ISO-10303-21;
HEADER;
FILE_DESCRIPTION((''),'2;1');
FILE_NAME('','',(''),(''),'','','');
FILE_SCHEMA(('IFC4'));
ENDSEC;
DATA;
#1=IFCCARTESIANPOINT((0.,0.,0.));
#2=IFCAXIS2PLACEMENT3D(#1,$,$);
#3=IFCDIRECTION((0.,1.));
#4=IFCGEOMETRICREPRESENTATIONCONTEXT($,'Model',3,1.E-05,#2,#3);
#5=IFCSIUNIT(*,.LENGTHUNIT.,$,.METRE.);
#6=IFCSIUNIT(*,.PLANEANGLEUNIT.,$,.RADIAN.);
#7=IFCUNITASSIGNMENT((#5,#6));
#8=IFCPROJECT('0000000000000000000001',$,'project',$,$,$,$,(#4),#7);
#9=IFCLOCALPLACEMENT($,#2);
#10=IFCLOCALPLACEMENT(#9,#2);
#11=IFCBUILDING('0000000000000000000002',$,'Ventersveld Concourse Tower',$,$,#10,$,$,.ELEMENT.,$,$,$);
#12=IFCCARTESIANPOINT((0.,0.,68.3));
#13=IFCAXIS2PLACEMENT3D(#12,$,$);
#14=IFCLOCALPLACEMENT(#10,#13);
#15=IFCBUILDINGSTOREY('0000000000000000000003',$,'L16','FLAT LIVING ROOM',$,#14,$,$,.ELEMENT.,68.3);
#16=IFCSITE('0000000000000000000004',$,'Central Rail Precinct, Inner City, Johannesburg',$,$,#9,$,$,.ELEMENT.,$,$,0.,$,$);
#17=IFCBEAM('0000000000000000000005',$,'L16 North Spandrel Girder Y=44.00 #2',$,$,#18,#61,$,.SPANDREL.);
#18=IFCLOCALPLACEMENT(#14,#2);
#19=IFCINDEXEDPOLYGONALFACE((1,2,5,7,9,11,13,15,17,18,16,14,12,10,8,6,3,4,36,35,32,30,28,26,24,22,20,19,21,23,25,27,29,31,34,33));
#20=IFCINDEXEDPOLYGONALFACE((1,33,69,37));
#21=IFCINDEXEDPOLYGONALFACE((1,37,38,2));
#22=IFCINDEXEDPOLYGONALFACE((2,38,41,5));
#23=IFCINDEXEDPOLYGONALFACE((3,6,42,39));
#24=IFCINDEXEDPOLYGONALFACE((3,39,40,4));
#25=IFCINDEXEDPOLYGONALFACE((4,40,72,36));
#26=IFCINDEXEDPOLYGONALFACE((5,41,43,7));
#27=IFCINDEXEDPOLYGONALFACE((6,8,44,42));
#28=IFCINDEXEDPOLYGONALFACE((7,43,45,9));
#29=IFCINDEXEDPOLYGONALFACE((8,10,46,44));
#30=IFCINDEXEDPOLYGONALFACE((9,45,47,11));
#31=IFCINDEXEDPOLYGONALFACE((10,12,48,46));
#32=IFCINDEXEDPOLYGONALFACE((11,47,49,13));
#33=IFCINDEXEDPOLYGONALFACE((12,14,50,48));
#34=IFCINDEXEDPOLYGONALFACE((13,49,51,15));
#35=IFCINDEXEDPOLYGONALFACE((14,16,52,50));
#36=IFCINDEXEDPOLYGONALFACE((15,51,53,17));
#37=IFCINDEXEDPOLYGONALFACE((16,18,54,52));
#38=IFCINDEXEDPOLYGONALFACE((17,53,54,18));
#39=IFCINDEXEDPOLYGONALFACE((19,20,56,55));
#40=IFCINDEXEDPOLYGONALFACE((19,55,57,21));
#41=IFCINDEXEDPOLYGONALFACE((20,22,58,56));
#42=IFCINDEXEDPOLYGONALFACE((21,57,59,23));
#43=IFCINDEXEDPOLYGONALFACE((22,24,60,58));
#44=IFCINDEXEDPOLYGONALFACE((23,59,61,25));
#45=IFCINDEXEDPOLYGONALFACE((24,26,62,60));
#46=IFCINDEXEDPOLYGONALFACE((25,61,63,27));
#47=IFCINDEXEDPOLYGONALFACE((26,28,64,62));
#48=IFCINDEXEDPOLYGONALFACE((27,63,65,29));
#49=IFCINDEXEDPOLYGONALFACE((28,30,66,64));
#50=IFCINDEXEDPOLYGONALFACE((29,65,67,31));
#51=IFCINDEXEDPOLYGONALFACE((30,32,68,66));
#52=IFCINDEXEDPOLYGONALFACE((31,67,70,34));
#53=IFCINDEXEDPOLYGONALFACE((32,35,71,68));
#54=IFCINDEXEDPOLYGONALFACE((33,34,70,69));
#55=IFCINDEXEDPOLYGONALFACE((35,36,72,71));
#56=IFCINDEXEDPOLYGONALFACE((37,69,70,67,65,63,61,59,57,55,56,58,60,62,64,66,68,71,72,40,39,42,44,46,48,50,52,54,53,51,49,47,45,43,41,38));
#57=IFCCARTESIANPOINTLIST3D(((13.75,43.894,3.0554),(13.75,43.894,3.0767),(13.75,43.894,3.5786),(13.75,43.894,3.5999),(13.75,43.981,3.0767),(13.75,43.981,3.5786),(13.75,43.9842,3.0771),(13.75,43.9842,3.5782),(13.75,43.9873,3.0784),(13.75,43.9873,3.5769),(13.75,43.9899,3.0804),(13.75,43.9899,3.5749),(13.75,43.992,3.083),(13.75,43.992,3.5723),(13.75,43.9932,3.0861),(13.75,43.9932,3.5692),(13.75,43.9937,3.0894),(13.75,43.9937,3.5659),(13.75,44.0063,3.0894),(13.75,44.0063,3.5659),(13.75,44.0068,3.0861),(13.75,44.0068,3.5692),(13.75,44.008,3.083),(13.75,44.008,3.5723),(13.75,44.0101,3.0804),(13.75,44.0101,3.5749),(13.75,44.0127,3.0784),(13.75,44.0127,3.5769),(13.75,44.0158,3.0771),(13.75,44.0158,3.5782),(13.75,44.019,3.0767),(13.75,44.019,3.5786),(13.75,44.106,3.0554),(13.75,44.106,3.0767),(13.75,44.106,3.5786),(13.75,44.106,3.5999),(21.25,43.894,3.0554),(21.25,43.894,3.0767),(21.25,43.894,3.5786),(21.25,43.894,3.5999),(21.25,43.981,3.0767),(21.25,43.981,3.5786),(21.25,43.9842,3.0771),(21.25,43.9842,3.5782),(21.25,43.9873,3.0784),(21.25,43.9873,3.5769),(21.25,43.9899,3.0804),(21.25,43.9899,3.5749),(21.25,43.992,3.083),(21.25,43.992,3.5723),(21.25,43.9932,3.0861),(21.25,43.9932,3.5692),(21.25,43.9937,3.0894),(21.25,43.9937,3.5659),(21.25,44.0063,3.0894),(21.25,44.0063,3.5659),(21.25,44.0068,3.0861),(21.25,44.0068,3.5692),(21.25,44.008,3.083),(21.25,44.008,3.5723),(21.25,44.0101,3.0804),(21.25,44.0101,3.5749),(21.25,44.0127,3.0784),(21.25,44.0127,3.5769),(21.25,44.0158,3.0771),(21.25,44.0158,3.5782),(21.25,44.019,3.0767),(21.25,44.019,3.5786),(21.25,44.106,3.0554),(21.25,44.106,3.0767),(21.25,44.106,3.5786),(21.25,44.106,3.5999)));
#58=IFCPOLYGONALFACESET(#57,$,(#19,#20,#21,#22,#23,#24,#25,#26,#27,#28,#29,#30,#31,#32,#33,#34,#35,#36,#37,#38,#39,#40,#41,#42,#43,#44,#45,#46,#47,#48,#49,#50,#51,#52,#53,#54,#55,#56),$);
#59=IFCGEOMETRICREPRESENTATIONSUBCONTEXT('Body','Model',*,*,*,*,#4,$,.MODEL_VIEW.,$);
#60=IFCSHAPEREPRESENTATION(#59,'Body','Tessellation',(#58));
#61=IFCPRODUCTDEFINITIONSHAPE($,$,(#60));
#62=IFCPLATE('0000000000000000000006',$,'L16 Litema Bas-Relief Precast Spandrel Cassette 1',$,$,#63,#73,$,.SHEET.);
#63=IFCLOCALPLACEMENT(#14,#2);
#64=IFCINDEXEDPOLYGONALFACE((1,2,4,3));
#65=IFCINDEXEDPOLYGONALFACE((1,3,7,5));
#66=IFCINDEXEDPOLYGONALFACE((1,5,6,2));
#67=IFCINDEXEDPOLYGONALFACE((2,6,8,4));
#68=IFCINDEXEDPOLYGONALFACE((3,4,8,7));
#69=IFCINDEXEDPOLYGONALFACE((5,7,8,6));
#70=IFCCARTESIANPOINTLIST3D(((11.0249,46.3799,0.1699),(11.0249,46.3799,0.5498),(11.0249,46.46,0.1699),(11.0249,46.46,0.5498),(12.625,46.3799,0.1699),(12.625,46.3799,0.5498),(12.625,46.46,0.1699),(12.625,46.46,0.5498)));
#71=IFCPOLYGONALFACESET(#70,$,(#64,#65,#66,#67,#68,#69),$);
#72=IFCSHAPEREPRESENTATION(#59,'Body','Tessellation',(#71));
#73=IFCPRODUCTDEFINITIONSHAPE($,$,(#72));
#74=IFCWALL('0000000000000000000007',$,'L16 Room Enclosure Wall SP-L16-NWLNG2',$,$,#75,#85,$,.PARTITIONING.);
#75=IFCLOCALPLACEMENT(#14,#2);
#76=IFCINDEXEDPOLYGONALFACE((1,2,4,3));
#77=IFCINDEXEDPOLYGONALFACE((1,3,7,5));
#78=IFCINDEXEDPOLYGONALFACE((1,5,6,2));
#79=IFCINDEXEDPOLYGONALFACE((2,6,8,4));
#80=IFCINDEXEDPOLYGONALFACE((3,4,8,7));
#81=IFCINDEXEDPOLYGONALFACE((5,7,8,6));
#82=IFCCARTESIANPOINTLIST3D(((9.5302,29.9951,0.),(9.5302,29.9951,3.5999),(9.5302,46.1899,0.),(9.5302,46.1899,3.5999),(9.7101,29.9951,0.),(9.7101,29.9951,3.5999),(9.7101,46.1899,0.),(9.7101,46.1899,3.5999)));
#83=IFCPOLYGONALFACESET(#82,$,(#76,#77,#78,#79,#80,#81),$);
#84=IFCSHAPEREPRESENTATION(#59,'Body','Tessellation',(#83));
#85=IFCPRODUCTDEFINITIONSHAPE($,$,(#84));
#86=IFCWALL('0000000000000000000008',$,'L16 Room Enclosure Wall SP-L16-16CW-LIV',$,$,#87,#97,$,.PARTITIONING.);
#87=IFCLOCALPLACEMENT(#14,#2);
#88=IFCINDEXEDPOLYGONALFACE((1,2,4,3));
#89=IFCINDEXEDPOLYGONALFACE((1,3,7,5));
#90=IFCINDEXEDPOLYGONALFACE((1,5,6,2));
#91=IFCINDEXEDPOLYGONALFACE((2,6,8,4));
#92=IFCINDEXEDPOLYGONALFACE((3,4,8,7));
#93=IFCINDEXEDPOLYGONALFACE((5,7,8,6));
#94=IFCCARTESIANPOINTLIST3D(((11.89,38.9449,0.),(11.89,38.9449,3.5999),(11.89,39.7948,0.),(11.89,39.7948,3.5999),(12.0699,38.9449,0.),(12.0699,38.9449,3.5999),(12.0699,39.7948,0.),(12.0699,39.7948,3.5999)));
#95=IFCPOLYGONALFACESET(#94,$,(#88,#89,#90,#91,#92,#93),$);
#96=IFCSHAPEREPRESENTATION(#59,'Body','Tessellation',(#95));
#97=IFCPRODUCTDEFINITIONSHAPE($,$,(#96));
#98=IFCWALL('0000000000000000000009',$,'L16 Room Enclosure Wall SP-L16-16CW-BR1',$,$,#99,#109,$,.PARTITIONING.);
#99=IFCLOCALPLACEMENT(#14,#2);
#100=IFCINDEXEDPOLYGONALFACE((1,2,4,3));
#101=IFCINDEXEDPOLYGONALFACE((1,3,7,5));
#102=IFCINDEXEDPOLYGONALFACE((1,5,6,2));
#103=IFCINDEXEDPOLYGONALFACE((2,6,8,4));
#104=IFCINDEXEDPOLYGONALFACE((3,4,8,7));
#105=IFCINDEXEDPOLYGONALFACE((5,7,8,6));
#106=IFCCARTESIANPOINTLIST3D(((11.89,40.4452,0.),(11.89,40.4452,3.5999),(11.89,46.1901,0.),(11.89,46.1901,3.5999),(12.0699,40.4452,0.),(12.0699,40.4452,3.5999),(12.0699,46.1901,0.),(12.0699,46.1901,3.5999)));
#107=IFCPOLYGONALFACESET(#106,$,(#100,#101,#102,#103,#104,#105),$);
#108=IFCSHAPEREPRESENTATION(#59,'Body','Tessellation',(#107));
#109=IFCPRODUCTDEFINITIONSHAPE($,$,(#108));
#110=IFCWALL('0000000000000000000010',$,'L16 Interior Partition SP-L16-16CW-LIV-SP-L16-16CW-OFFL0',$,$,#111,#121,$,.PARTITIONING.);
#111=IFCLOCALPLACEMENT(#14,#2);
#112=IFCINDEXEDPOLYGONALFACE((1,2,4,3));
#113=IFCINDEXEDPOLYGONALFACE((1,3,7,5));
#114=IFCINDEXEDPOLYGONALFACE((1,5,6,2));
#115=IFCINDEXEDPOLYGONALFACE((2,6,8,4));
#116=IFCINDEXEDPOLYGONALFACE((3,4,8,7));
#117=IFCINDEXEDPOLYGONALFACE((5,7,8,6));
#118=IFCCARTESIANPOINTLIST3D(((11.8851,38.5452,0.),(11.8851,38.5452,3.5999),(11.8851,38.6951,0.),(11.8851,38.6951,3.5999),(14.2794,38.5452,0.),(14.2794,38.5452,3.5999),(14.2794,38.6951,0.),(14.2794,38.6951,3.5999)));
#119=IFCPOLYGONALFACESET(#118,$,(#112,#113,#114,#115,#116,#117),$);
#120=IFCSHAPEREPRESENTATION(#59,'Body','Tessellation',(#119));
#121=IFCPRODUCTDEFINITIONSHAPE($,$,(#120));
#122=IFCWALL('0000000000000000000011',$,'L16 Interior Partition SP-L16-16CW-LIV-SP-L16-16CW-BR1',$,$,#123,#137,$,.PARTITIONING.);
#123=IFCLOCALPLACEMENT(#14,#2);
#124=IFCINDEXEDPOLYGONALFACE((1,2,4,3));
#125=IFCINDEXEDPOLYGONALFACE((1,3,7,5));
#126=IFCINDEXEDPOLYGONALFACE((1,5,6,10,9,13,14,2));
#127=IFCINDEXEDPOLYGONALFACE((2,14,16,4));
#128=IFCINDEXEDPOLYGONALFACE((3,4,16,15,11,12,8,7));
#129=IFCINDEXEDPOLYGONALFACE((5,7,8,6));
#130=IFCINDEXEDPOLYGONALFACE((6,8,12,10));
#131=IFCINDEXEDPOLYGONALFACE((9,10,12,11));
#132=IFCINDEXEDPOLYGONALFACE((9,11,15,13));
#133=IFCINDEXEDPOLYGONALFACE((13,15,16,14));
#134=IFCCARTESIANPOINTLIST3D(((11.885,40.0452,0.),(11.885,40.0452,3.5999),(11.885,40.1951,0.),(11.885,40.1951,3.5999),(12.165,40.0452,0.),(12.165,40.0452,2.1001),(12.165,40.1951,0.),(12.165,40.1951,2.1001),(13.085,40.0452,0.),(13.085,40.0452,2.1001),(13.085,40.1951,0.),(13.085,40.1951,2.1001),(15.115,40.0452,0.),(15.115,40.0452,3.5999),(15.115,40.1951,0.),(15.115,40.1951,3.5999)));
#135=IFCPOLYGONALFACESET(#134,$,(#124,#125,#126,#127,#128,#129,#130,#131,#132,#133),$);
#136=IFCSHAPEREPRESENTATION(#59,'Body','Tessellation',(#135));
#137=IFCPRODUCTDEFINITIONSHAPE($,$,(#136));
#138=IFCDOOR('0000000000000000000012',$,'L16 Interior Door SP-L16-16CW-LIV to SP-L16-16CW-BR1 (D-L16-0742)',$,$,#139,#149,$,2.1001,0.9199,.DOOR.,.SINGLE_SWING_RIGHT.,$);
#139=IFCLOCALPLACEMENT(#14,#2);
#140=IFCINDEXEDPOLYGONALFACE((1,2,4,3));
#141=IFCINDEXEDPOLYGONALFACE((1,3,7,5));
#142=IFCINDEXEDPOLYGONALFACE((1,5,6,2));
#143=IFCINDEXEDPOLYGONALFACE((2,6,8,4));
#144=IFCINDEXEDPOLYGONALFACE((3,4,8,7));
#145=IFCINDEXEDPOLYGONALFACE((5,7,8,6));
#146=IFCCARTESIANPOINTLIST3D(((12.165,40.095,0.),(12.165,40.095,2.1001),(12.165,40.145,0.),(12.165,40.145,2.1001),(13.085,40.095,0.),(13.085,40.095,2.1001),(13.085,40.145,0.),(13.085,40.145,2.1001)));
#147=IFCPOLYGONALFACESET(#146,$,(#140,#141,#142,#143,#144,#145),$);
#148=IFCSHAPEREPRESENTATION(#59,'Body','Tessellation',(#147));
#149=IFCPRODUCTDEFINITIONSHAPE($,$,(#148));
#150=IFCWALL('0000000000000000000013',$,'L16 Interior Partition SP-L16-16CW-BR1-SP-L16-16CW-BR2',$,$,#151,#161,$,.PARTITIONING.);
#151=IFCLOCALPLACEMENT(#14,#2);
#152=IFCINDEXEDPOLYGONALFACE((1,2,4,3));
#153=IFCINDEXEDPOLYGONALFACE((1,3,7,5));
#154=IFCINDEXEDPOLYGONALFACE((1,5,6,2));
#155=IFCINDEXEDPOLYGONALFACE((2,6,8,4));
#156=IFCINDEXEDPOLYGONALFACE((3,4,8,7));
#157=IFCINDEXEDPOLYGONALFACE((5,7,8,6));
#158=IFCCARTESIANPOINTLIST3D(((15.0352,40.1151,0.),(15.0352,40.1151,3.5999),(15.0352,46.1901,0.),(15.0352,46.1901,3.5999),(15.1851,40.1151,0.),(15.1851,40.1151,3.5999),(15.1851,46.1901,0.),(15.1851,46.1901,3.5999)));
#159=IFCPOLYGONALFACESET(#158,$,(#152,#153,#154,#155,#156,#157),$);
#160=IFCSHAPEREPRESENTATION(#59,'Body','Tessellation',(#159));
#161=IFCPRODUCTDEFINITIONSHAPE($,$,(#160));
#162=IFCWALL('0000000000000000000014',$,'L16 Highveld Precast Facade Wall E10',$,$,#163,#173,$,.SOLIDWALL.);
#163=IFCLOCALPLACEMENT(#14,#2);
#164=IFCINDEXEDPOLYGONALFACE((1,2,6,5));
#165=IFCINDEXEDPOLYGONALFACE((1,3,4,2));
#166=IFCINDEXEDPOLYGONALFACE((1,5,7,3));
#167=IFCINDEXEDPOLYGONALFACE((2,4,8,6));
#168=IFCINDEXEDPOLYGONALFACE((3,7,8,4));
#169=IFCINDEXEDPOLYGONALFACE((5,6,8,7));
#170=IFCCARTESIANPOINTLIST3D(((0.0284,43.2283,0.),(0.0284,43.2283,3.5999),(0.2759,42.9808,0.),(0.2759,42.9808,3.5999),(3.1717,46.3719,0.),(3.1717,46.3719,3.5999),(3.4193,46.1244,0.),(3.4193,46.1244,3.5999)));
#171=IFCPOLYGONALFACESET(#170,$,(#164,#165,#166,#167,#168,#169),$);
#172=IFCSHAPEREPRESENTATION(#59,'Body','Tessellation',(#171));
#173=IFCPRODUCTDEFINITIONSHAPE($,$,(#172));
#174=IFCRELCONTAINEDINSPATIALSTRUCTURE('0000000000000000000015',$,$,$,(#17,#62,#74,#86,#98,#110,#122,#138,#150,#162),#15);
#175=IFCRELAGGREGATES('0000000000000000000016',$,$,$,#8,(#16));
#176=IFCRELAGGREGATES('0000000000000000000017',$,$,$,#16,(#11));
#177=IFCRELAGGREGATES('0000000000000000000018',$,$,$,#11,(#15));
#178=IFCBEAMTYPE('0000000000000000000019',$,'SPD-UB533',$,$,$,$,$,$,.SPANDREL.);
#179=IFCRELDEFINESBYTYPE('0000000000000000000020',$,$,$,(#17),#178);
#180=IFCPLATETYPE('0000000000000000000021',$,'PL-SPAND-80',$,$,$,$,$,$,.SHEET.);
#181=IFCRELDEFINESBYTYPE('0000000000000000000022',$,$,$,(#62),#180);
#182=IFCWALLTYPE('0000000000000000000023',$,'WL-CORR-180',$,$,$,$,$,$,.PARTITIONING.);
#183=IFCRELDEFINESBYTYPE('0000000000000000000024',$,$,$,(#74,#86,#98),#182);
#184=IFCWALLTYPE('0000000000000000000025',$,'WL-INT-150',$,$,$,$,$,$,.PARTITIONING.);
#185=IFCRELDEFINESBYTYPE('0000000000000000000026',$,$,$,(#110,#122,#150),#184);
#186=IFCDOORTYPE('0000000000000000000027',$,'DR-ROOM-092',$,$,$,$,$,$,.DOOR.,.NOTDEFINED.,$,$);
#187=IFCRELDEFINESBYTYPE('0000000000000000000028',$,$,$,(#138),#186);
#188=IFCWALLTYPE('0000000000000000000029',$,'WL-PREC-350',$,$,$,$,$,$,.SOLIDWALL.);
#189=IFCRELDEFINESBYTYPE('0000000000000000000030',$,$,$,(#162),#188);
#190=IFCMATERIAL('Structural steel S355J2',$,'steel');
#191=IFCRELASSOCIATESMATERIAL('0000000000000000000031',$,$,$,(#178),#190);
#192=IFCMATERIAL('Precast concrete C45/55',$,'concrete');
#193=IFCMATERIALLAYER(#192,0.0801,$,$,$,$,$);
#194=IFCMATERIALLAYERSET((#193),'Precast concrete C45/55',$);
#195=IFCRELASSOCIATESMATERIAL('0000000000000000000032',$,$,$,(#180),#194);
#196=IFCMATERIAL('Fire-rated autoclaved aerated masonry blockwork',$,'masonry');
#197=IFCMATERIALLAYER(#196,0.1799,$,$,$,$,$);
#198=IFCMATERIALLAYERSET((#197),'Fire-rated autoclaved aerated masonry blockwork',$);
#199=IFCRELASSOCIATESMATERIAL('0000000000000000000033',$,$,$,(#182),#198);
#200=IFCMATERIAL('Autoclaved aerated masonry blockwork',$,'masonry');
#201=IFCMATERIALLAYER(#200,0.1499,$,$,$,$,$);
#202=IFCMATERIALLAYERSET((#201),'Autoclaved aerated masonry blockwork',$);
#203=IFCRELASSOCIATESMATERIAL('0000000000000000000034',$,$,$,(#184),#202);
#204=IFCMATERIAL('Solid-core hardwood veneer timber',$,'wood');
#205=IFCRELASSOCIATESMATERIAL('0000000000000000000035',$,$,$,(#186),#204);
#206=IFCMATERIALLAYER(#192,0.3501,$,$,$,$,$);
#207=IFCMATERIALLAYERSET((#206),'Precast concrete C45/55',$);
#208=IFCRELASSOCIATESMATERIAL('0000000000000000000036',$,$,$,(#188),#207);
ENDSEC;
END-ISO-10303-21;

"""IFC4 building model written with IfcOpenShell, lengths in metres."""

from ifc_helpers import new_model, si_unit, direction, frame, frame_2d, origin, origin_2d, place, context, subcontext, project, spatial, rectangle, i_section, extrude, material, layer, layer_set, material_profile, profile_set, type_object, element, fill, save


model = new_model("IFC4")

# Units and contexts
model_context = context("Model", 3, precision=1e-05, world=origin(), true_north=direction((0.0, 1.0)))
body_context = subcontext(model_context, "Body", "Model", "MODEL_VIEW")
ifc_project = project(units=[si_unit("LENGTHUNIT", "METRE"), si_unit("PLANEANGLEUNIT", "RADIAN")], contexts=[model_context])

# Site, building, storey
site_placement = place(None, origin())
site = spatial("IfcSite", under=ifc_project, at=site_placement, Name="Central Rail Precinct, Inner City, Johannesburg", CompositionType="ELEMENT", RefElevation=0.0)
building_placement = place(site_placement, origin())
building = spatial("IfcBuilding", under=site, at=building_placement, Name="Ventersveld Concourse Tower", CompositionType="ELEMENT")
storey_placement = place(building_placement, frame((0.0, 0.0, 68.3)))
storey = spatial("IfcBuildingStorey", under=building, at=storey_placement, Name="L16", Description="FLAT LIVING ROOM", CompositionType="ELEMENT", Elevation=68.3)

# Beam
ifc_material_1 = material(Name="Structural steel S355J2", Category="steel")
ifc_material_profile_1 = material_profile(ifc_material_1, i_section(OverallWidth=0.2119, OverallDepth=0.5444, WebThickness=0.0127, FlangeThickness=0.0212, FilletRadius=0.0127, at=origin_2d()), Name="UB 533x210x122")
ifc_profile_set_1 = profile_set([ifc_material_profile_1], Name="Structural steel S355J2")
beam_type_1 = type_object("IfcBeamType", Name="SPD-UB533", PredefinedType="SPANDREL", material=ifc_profile_set_1)
beam_1_placement = place(storey_placement, frame((13.75, 44.0, 3.3276), z_axis=(1.0, 0.0, 0.0), x_axis=(0.0, 1.0, 0.0)))
element("IfcBeam", 1, at=beam_1_placement, inside=storey, type_object=beam_type_1, Name="L16 North Spandrel Girder Y=44.00 #2", PredefinedType="SPANDREL", context=body_context, shape_type="SweptSolid", body=[
    extrude(i_section(OverallWidth=0.2119, OverallDepth=0.5444, WebThickness=0.0127, FlangeThickness=0.0212, FilletRadius=0.0127, at=origin_2d()), origin(), (0.0, 0.0, 1.0), 7.5),
])

# Plate
ifc_material_2 = material(Name="Precast concrete C45/55", Category="concrete")
ifc_layer_1 = layer(ifc_material_2, 0.0801)
ifc_layer_set_1 = layer_set([ifc_layer_1], Name="Precast concrete C45/55")
plate_type = type_object("IfcPlateType", Name="PL-SPAND-80", PredefinedType="SHEET", material=ifc_layer_set_1)
plate_placement = place(storey_placement, frame((11.825, 46.4199, 0.1699), z_axis=(0.0, 0.0, 1.0), x_axis=(-1.0, 0.0, 0.0)))
element("IfcPlate", 2, at=plate_placement, inside=storey, type_object=plate_type, Name="L16 Litema Bas-Relief Precast Spandrel Cassette 1", PredefinedType="SHEET", context=body_context, shape_type="SweptSolid", body=[
    extrude(rectangle(XDim=1.6001, YDim=0.0801, at=origin_2d()), origin(), (0.0, 0.0, 1.0), 0.3799),
])

# Walls
ifc_material_3 = material(Name="Fire-rated autoclaved aerated masonry blockwork", Category="masonry")
ifc_layer_2 = layer(ifc_material_3, 0.1799)
ifc_layer_set_2 = layer_set([ifc_layer_2], Name="Fire-rated autoclaved aerated masonry blockwork")
wall_type_1 = type_object("IfcWallType", Name="WL-CORR-180", PredefinedType="PARTITIONING", material=ifc_layer_set_2)
wall_1_placement = place(storey_placement, frame((9.6201, 46.1899, 0.0), z_axis=(0.0, 0.0, 1.0), x_axis=(0.0, -1.0, 0.0)))
element("IfcWall", 3, at=wall_1_placement, inside=storey, type_object=wall_type_1, Name="L16 Room Enclosure Wall SP-L16-NWLNG2", PredefinedType="PARTITIONING", context=body_context, shape_type="SweptSolid", body=[
    extrude(rectangle(XDim=16.1948, YDim=0.1799, at=frame_2d((8.0974, 0.0))), origin(), (0.0, 0.0, 1.0), 3.5999),
])
wall_2_placement = place(storey_placement, frame((11.98, 38.9451, 0.0), z_axis=(0.0, 0.0, 1.0), x_axis=(0.0, 1.0, 0.0)))
element("IfcWall", 4, at=wall_2_placement, inside=storey, type_object=wall_type_1, Name="L16 Room Enclosure Wall SP-L16-16CW-LIV", PredefinedType="PARTITIONING", context=body_context, shape_type="SweptSolid", body=[
    extrude(rectangle(XDim=0.8499, YDim=0.1799, at=frame_2d((0.4248, 0.0))), origin(), (0.0, 0.0, 1.0), 3.5999),
])
wall_3_placement = place(storey_placement, frame((11.98, 40.4451, 0.0), z_axis=(0.0, 0.0, 1.0), x_axis=(0.0, 1.0, 0.0)))
element("IfcWall", 5, at=wall_3_placement, inside=storey, type_object=wall_type_1, Name="L16 Room Enclosure Wall SP-L16-16CW-BR1", PredefinedType="PARTITIONING", context=body_context, shape_type="SweptSolid", body=[
    extrude(rectangle(XDim=5.7449, YDim=0.1799, at=frame_2d((2.8726, 0.0))), origin(), (0.0, 0.0, 1.0), 3.5999),
])
ifc_material_4 = material(Name="Autoclaved aerated masonry blockwork", Category="masonry")
ifc_layer_3 = layer(ifc_material_4, 0.1499)
ifc_layer_set_3 = layer_set([ifc_layer_3], Name="Autoclaved aerated masonry blockwork")
wall_type_2 = type_object("IfcWallType", Name="WL-INT-150", PredefinedType="PARTITIONING", material=ifc_layer_set_3)
wall_4_placement = place(storey_placement, frame((11.885, 38.6201, 0.0), z_axis=(0.0, 0.0, 1.0), x_axis=(1.0, 0.0, 0.0)))
element("IfcWall", 6, at=wall_4_placement, inside=storey, type_object=wall_type_2, Name="L16 Interior Partition SP-L16-16CW-LIV-SP-L16-16CW-OFFL0", PredefinedType="PARTITIONING", context=body_context, shape_type="SweptSolid", body=[
    extrude(rectangle(XDim=2.3943, YDim=0.1499, at=frame_2d((1.1973, 0.0))), origin(), (0.0, 0.0, 1.0), 3.5999),
])

# Wall, opening, door
wall_5_placement = place(storey_placement, frame((11.885, 40.1201, 0.0), z_axis=(0.0, 0.0, 1.0), x_axis=(1.0, 0.0, 0.0)))
wall_5 = element("IfcWall", 7, at=wall_5_placement, inside=storey, type_object=wall_type_2, Name="L16 Interior Partition SP-L16-16CW-LIV-SP-L16-16CW-BR1", PredefinedType="PARTITIONING", context=body_context, shape_type="SweptSolid", body=[
    extrude(rectangle(XDim=3.23, YDim=0.1499, at=frame_2d((1.615, 0.0))), origin(), (0.0, 0.0, 1.0), 3.5999),
])
opening_1_placement = place(wall_5_placement, frame((0.28, 0.0, 0.0)))
opening_1 = element("IfcOpeningElement", 8, at=opening_1_placement, cuts=wall_5, PredefinedType="OPENING", context=body_context, shape_type="SweptSolid", body=[
    extrude(rectangle(XDim=0.9199, YDim=2.1001, at=frame_2d((0.46, 1.05))), frame((0.0, 0.085, 0.0), z_axis=(0.0, -1.0, 0.0), x_axis=(1.0, 0.0, 0.0)), (0.0, 0.0, 1.0), 0.1699),
])
ifc_material_5 = material(Name="Solid-core hardwood veneer timber", Category="wood")
door_type = type_object("IfcDoorType", Name="DR-ROOM-092", OperationType="NOTDEFINED", PredefinedType="DOOR", material=ifc_material_5)
door_placement = place(opening_1_placement, origin())
door = element("IfcDoor", 9, at=door_placement, inside=storey, type_object=door_type, Name="L16 Interior Door SP-L16-16CW-LIV to SP-L16-16CW-BR1 (D-L16-0742)", OperationType="SINGLE_SWING_RIGHT", OverallHeight=2.1001, OverallWidth=0.9199, PredefinedType="DOOR", context=body_context, shape_type="SweptSolid", body=[
    extrude(rectangle(XDim=0.9199, YDim=2.1001, at=frame_2d((0.46, 1.05))), frame((0.0, 0.0249, 0.0), z_axis=(0.0, -1.0, 0.0), x_axis=(1.0, 0.0, 0.0)), (0.0, 0.0, 1.0), 0.05),
])
fill(opening_1, door)

# Walls
wall_6_placement = place(storey_placement, frame((15.1101, 40.115, 0.0), z_axis=(0.0, 0.0, 1.0), x_axis=(0.0, 1.0, 0.0)))
element("IfcWall", 10, at=wall_6_placement, inside=storey, type_object=wall_type_2, Name="L16 Interior Partition SP-L16-16CW-BR1-SP-L16-16CW-BR2", PredefinedType="PARTITIONING", context=body_context, shape_type="SweptSolid", body=[
    extrude(rectangle(XDim=6.075, YDim=0.1499, at=frame_2d((3.0376, 0.0))), origin(), (0.0, 0.0, 1.0), 3.5999),
])
ifc_layer_4 = layer(ifc_material_2, 0.3501)
ifc_layer_set_4 = layer_set([ifc_layer_4], Name="Precast concrete C45/55")
wall_type_3 = type_object("IfcWallType", Name="WL-PREC-350", PredefinedType="SOLIDWALL", material=ifc_layer_set_4)
wall_7_placement = place(storey_placement, frame((3.2954, 46.248, 0.0), z_axis=(0.0, 0.0, 1.0), x_axis=(-0.707079, -0.707134, 0.0)))
element("IfcWall", 11, at=wall_7_placement, inside=storey, type_object=wall_type_3, Name="L16 Highveld Precast Facade Wall E10", PredefinedType="SOLIDWALL", context=body_context, shape_type="SweptSolid", body=[
    extrude(rectangle(XDim=4.4456, YDim=0.3501, at=frame_2d((2.2227, 0.0))), origin(), (0.0, 0.0, 1.0), 3.5999),
])

save(model, "model.ifc")
